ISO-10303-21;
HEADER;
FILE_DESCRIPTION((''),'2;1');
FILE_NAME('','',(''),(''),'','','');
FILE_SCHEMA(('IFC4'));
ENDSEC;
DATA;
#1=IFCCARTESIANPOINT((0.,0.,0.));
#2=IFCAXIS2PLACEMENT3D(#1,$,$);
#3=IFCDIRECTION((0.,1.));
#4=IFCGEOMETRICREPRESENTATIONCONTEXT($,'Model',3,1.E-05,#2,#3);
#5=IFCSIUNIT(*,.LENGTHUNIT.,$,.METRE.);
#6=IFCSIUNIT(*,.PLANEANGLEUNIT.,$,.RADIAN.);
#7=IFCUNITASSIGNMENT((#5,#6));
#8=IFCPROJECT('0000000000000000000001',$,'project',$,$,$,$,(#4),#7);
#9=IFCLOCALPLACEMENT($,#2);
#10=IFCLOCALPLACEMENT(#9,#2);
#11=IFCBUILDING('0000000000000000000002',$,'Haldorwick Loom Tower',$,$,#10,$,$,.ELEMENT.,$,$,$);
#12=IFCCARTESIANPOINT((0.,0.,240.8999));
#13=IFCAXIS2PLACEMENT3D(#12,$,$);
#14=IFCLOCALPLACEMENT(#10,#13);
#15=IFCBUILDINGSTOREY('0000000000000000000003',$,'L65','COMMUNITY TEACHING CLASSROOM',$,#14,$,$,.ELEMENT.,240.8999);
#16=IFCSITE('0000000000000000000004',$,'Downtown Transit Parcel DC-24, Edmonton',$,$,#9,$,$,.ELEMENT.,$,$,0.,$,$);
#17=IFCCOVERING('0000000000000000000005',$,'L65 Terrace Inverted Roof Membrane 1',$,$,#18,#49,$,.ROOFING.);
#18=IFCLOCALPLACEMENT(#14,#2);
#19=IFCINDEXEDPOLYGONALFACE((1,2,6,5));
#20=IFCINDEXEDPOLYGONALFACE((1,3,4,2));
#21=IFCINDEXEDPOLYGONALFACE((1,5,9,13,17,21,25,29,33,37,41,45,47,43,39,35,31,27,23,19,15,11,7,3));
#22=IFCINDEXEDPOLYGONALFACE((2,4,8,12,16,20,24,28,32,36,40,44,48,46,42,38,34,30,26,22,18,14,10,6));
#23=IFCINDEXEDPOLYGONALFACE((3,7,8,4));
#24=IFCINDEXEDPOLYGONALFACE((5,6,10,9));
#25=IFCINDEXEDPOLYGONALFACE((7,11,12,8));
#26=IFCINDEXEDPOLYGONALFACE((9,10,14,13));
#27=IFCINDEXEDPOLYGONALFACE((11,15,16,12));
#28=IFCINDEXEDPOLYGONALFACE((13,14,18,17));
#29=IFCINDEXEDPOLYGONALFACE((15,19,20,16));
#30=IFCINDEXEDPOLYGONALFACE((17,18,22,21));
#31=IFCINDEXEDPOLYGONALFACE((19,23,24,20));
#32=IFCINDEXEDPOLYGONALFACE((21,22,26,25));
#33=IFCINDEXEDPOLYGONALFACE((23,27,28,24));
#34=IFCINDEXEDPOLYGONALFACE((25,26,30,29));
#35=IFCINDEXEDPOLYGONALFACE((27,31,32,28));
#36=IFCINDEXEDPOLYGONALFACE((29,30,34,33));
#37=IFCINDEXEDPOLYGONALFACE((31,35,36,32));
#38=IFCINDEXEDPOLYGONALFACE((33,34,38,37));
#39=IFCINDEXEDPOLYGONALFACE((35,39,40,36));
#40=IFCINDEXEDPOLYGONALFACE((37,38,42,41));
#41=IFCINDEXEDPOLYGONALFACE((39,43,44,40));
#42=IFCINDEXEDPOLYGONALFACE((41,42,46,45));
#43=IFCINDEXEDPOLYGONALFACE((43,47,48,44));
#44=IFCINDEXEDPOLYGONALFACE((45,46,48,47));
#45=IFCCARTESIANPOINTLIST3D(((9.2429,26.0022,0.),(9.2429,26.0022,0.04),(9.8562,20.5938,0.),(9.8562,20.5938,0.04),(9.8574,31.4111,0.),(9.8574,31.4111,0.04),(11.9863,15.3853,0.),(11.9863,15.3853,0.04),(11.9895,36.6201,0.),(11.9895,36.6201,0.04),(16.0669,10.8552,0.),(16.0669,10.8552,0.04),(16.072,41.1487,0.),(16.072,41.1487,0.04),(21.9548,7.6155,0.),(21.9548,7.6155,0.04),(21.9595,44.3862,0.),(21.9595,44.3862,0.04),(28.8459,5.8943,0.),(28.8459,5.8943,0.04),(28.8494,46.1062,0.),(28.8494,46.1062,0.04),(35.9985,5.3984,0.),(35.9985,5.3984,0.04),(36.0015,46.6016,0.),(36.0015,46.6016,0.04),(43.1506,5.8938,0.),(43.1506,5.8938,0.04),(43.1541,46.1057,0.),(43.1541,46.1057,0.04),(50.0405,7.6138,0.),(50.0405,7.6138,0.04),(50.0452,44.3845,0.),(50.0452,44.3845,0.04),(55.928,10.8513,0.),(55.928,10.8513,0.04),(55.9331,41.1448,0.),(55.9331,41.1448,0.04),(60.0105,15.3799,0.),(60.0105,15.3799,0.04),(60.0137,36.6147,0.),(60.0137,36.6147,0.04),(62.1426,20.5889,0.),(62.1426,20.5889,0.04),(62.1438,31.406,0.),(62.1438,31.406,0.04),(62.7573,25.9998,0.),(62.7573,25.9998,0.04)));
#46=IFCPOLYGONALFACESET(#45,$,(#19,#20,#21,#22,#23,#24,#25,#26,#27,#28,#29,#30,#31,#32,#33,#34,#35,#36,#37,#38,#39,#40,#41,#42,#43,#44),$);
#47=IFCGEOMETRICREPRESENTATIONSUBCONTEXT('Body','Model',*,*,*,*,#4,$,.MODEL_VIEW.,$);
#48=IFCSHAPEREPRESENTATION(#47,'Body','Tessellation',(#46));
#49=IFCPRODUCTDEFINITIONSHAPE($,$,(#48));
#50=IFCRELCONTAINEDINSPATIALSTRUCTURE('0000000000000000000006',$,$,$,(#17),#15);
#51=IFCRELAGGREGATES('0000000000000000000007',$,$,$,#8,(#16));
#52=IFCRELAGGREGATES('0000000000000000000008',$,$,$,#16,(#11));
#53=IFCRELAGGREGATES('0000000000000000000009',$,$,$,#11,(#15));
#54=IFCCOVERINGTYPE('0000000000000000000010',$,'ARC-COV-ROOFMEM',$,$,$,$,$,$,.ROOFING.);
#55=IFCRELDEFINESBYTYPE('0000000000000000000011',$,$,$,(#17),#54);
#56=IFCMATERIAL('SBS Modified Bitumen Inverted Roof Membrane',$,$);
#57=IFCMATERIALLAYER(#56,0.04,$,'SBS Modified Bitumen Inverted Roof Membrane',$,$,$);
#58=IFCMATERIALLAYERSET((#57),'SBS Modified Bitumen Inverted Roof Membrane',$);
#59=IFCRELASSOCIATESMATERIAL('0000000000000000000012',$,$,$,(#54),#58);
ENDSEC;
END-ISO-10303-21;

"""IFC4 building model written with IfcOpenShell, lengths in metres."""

from ifc_helpers import new_model, si_unit, direction, frame, origin, place, context, subcontext, project, spatial, polyline, outline, extrude, material, layer, layer_set, type_object, element, save


model = new_model("IFC4")

# Units and contexts
model_context = context("Model", 3, precision=1e-05, world=origin(), true_north=direction((0.0, 1.0)))
body_context = subcontext(model_context, "Body", "Model", "MODEL_VIEW")
ifc_project = project(units=[si_unit("LENGTHUNIT", "METRE"), si_unit("PLANEANGLEUNIT", "RADIAN")], contexts=[model_context])

# Site, building, storey
site_placement = place(None, origin())
site = spatial("IfcSite", under=ifc_project, at=site_placement, Name="Downtown Transit Parcel DC-24, Edmonton", CompositionType="ELEMENT", RefElevation=0.0)
building_placement = place(site_placement, origin())
building = spatial("IfcBuilding", under=site, at=building_placement, Name="Haldorwick Loom Tower", CompositionType="ELEMENT")
storey_placement = place(building_placement, frame((0.0, 0.0, 240.8999)))
storey = spatial("IfcBuildingStorey", under=building, at=storey_placement, Name="L65", Description="COMMUNITY TEACHING CLASSROOM", CompositionType="ELEMENT", Elevation=240.8999)

# Covering
ifc_material_1 = material(Name="SBS Modified Bitumen Inverted Roof Membrane")
ifc_layer_1 = layer(ifc_material_1, 0.04, Name="SBS Modified Bitumen Inverted Roof Membrane")
ifc_layer_set_1 = layer_set([ifc_layer_1], Name="SBS Modified Bitumen Inverted Roof Membrane")
covering_type_1 = type_object("IfcCoveringType", Name="ARC-COV-ROOFMEM", PredefinedType="ROOFING", material=ifc_layer_set_1)
covering_1_placement = place(storey_placement, origin())
element("IfcCovering", 1, at=covering_1_placement, inside=storey, type_object=covering_type_1, Name="L65 Terrace Inverted Roof Membrane 1", PredefinedType="ROOFING", context=body_context, shape_type="SweptSolid", body=[
    extrude(outline(polyline([(62.7573, 25.9998), (62.1438, 31.406), (60.0137, 36.6147), (55.9331, 41.1448), (50.0452, 44.3845), (43.1541, 46.1057), (36.0015, 46.6016), (28.8494, 46.1062), (21.9595, 44.3862), (16.072, 41.1487), (11.9895, 36.6201), (9.8574, 31.4111), (9.2429, 26.0022), (9.8562, 20.5938), (11.9863, 15.3853), (16.0669, 10.8552), (21.9548, 7.6155), (28.8459, 5.8943), (35.9985, 5.3984), (43.1506, 5.8938), (50.0405, 7.6138), (55.928, 10.8513), (60.0105, 15.3799), (62.1426, 20.5889), (62.7573, 25.9998)])), origin(), (0.0, 0.0, 1.0), 0.04),
])

save(model, "model.ifc")
